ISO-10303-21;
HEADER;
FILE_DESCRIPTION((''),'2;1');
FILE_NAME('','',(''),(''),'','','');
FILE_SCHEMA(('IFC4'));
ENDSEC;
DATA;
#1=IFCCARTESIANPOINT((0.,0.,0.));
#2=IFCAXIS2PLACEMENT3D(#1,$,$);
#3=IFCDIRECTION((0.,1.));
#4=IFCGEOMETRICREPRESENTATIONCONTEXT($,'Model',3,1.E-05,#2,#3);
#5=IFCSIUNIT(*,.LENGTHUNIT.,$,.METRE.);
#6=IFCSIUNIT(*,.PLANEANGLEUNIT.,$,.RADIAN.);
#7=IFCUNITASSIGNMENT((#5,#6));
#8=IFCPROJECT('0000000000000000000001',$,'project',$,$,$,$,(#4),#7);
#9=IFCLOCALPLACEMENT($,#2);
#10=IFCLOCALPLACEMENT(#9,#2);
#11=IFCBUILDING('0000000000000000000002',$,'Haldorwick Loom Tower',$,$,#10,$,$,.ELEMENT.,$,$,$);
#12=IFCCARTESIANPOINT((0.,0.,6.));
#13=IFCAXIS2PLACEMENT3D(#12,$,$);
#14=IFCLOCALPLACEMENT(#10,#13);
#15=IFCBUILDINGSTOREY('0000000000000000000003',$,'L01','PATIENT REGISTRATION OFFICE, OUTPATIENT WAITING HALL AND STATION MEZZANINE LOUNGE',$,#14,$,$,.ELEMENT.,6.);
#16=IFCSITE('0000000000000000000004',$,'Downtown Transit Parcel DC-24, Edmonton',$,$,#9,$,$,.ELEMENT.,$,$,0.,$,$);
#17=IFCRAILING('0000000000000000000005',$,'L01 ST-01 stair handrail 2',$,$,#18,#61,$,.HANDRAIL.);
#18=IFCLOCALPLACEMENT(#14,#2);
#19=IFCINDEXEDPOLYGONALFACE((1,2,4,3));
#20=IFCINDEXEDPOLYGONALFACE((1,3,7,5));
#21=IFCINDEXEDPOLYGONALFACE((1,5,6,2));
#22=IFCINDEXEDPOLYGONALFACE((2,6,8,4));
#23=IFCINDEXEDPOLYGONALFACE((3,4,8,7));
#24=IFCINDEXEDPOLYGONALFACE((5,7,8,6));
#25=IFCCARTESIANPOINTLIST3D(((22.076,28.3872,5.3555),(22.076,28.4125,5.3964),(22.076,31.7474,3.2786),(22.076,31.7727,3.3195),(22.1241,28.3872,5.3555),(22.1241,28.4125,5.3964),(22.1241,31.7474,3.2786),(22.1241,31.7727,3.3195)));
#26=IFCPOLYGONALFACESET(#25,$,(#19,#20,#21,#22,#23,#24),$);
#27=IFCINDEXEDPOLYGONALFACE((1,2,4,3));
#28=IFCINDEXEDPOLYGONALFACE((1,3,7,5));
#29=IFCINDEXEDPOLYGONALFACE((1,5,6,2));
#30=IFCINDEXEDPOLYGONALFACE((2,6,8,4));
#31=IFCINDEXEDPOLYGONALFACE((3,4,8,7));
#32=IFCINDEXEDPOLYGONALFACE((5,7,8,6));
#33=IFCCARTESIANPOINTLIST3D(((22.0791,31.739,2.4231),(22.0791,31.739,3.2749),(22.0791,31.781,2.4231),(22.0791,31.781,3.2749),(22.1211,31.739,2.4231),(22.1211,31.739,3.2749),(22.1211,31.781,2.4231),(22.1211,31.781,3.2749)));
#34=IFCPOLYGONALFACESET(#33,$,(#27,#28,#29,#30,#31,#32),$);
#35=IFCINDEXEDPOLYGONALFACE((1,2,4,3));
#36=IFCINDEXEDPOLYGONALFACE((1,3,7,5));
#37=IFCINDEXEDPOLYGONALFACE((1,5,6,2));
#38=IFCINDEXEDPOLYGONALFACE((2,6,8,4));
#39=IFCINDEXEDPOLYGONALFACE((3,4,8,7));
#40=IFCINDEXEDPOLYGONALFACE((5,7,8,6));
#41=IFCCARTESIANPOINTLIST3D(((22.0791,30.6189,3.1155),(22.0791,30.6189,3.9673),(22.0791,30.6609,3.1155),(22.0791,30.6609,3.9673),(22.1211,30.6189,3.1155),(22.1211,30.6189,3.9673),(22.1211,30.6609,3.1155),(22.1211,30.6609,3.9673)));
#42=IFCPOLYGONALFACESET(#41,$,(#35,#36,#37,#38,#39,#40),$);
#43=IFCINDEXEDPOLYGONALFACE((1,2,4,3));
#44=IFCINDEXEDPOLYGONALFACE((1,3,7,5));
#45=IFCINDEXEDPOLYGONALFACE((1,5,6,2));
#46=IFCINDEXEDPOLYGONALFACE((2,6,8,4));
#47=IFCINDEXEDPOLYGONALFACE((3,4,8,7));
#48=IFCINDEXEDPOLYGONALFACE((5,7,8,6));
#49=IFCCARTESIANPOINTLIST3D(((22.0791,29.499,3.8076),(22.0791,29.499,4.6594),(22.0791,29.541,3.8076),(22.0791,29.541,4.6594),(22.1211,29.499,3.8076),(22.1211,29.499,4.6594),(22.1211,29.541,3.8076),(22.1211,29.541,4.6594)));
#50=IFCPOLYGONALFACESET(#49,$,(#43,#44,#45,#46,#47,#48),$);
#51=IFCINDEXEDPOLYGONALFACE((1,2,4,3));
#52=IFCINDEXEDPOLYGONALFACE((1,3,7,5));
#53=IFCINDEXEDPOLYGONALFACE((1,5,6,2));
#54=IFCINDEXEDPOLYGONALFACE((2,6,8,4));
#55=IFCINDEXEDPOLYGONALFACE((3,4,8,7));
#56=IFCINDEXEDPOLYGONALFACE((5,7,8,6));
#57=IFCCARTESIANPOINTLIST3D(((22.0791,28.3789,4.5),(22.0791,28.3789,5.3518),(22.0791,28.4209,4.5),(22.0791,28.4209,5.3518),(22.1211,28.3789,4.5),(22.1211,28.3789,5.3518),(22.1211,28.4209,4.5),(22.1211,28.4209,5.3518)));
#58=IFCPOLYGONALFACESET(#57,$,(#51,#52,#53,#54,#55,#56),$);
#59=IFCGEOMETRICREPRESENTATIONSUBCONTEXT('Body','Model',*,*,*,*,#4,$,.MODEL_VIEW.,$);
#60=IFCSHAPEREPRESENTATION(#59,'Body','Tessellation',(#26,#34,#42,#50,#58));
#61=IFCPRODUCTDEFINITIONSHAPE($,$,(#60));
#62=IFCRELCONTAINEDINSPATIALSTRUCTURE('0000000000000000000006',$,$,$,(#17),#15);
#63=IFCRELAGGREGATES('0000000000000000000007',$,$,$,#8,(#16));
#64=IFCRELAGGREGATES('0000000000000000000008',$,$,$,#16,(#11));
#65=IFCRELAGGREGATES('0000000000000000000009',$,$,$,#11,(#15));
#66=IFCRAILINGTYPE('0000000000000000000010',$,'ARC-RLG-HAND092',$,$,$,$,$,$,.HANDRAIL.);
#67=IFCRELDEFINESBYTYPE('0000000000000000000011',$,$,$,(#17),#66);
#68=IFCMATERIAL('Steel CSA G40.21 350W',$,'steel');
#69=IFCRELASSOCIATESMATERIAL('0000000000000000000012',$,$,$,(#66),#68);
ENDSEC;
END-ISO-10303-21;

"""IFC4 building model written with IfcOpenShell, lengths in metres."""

from ifc_helpers import new_model, si_unit, direction, frame, origin, origin_2d, place, context, subcontext, project, spatial, rectangle, extrude, material, type_object, element, save


model = new_model("IFC4")

# Units and contexts
model_context = context("Model", 3, precision=1e-05, world=origin(), true_north=direction((0.0, 1.0)))
body_context = subcontext(model_context, "Body", "Model", "MODEL_VIEW")
ifc_project = project(units=[si_unit("LENGTHUNIT", "METRE"), si_unit("PLANEANGLEUNIT", "RADIAN")], contexts=[model_context])

# Site, building, storey
site_placement = place(None, origin())
site = spatial("IfcSite", under=ifc_project, at=site_placement, Name="Downtown Transit Parcel DC-24, Edmonton", CompositionType="ELEMENT", RefElevation=0.0)
building_placement = place(site_placement, origin())
building = spatial("IfcBuilding", under=site, at=building_placement, Name="Haldorwick Loom Tower", CompositionType="ELEMENT")
storey_placement = place(building_placement, frame((0.0, 0.0, 6.0)))
storey = spatial("IfcBuildingStorey", under=building, at=storey_placement, Name="L01", Description="PATIENT REGISTRATION OFFICE, OUTPATIENT WAITING HALL AND STATION MEZZANINE LOUNGE", CompositionType="ELEMENT", Elevation=6.0)

# Shared definitions
ifc_material_1 = material(Name="Steel CSA G40.21 350W", Category="steel")

# Railing
railing_type_1 = type_object("IfcRailingType", Name="ARC-RLG-HAND092", PredefinedType="HANDRAIL", material=ifc_material_1)
railing_1_placement = place(storey_placement, frame((22.1001, 31.76, 2.4231)))
element("IfcRailing", 1, at=railing_1_placement, inside=storey, type_object=railing_type_1, Name="L01 ST-01 stair handrail 2", PredefinedType="HANDRAIL", context=body_context, shape_type="SweptSolid", body=[
    extrude(rectangle(XDim=0.0481, YDim=0.0481, at=origin_2d()), frame((0.0, 0.0, 0.876), z_axis=(0.0, -0.850623, 0.525776), x_axis=(1.0, 0.0, 0.0)), (0.0, 0.0, 1.0), 3.9502),
    extrude(rectangle(XDim=0.042, YDim=0.042, at=origin_2d()), origin(), (0.0, 0.0, 1.0), 0.8518),
    extrude(rectangle(XDim=0.042, YDim=0.042, at=origin_2d()), frame((0.0, -1.1201, 0.6924)), (0.0, 0.0, 1.0), 0.8518),
    extrude(rectangle(XDim=0.042, YDim=0.042, at=origin_2d()), frame((0.0, -2.24, 1.3845)), (0.0, 0.0, 1.0), 0.8518),
    extrude(rectangle(XDim=0.042, YDim=0.042, at=origin_2d()), frame((0.0, -3.3601, 2.0769)), (0.0, 0.0, 1.0), 0.8518),
])

save(model, "model.ifc")
